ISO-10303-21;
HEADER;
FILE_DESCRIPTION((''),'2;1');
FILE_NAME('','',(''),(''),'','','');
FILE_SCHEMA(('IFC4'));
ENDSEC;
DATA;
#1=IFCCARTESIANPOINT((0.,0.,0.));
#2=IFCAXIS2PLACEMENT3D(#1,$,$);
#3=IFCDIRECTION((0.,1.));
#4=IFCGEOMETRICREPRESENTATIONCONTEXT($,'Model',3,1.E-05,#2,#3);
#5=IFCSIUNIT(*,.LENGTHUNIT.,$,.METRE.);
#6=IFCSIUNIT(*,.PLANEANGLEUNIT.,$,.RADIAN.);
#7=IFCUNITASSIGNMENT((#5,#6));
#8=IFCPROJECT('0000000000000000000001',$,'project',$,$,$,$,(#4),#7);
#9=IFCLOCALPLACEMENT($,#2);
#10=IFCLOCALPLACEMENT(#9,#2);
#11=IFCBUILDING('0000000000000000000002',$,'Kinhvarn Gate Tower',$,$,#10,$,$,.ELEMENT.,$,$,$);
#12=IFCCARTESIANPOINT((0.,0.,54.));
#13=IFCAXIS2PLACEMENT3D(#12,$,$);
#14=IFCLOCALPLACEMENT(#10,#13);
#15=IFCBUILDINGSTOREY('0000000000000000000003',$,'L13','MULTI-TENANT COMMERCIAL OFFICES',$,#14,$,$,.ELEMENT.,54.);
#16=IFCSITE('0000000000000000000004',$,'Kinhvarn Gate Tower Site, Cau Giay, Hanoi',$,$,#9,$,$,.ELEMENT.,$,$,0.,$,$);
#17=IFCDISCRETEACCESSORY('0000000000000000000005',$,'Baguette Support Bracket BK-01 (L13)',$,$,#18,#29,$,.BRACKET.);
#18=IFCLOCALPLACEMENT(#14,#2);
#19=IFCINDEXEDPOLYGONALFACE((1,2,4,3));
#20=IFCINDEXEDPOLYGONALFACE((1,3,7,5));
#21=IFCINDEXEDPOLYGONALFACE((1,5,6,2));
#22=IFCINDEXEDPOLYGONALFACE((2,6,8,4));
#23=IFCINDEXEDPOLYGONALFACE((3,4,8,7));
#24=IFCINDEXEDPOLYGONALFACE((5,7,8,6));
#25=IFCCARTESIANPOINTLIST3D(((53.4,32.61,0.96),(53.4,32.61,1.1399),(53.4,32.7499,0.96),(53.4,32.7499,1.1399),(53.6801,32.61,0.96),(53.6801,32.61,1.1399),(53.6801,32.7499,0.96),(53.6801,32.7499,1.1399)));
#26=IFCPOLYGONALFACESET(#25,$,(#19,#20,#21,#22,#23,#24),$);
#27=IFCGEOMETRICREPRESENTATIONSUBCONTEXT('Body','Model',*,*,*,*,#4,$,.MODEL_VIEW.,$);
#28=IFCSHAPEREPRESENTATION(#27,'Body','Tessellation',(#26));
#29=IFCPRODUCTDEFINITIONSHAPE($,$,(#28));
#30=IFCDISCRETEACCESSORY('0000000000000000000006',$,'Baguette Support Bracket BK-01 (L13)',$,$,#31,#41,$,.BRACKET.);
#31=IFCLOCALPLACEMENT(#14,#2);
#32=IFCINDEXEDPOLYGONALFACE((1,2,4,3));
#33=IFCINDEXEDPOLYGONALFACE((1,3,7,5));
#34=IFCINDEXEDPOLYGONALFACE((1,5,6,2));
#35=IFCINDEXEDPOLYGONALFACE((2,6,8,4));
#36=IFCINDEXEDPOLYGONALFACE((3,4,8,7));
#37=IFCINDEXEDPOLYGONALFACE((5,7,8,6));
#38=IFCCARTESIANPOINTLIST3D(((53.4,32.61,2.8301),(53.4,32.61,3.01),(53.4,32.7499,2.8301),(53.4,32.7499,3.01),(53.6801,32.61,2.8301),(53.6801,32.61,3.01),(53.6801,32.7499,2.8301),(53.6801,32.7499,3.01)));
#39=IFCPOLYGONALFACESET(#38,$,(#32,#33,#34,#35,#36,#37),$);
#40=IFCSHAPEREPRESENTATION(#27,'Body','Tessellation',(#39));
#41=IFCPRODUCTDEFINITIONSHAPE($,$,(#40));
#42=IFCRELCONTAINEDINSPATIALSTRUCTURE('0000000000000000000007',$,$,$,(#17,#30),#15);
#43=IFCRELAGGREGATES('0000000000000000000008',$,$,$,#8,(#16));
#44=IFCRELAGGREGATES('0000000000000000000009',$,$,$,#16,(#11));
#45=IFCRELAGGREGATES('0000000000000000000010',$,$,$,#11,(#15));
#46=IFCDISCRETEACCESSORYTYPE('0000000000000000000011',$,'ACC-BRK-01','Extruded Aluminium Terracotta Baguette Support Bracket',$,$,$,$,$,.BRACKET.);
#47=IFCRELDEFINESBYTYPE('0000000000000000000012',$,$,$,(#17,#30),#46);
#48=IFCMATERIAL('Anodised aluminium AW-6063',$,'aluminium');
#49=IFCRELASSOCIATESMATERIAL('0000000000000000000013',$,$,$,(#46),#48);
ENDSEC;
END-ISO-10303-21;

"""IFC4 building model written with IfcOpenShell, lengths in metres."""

from ifc_helpers import new_model, si_unit, direction, frame, origin, origin_2d, place, context, subcontext, project, spatial, rectangle, extrude, material, type_object, element, save


model = new_model("IFC4")

# Units and contexts
model_context = context("Model", 3, precision=1e-05, world=origin(), true_north=direction((0.0, 1.0)))
body_context = subcontext(model_context, "Body", "Model", "MODEL_VIEW")
ifc_project = project(units=[si_unit("LENGTHUNIT", "METRE"), si_unit("PLANEANGLEUNIT", "RADIAN")], contexts=[model_context])

# Site, building, storey
site_placement = place(None, origin())
site = spatial("IfcSite", under=ifc_project, at=site_placement, Name="Kinhvarn Gate Tower Site, Cau Giay, Hanoi", CompositionType="ELEMENT", RefElevation=0.0)
building_placement = place(site_placement, origin())
building = spatial("IfcBuilding", under=site, at=building_placement, Name="Kinhvarn Gate Tower", CompositionType="ELEMENT")
storey_placement = place(building_placement, frame((0.0, 0.0, 54.0)))
storey = spatial("IfcBuildingStorey", under=building, at=storey_placement, Name="L13", Description="MULTI-TENANT COMMERCIAL OFFICES", CompositionType="ELEMENT", Elevation=54.0)

# Shared definitions
ifc_material_1 = material(Name="Anodised aluminium AW-6063", Category="aluminium")

# Discrete accessories
discrete_accessory_type = type_object("IfcDiscreteAccessoryType", Name="ACC-BRK-01", Description="Extruded Aluminium Terracotta Baguette Support Bracket", PredefinedType="BRACKET", material=ifc_material_1)
for number, where, z_axis, x_axis, name in (
    (1, (53.54, 32.6799, 0.96), (0.0, 0.0, 1.0), (0.0, 1.0, 0.0), "Baguette Support Bracket BK-01 (L13)"),
    (2, (53.54, 32.6799, 2.8301), (0.0, 0.0, 1.0), (0.0, 1.0, 0.0), "Baguette Support Bracket BK-01 (L13)"),
):
    element("IfcDiscreteAccessory", number, at=place(storey_placement, frame(where, z_axis=z_axis, x_axis=x_axis)), inside=storey, type_object=discrete_accessory_type, Name=name, PredefinedType="BRACKET", context=body_context, shape_type="SweptSolid", body=[
        extrude(rectangle(XDim=0.1399, YDim=0.28, at=origin_2d()), origin(), (0.0, 0.0, 1.0), 0.1799),
    ])

save(model, "model.ifc")
